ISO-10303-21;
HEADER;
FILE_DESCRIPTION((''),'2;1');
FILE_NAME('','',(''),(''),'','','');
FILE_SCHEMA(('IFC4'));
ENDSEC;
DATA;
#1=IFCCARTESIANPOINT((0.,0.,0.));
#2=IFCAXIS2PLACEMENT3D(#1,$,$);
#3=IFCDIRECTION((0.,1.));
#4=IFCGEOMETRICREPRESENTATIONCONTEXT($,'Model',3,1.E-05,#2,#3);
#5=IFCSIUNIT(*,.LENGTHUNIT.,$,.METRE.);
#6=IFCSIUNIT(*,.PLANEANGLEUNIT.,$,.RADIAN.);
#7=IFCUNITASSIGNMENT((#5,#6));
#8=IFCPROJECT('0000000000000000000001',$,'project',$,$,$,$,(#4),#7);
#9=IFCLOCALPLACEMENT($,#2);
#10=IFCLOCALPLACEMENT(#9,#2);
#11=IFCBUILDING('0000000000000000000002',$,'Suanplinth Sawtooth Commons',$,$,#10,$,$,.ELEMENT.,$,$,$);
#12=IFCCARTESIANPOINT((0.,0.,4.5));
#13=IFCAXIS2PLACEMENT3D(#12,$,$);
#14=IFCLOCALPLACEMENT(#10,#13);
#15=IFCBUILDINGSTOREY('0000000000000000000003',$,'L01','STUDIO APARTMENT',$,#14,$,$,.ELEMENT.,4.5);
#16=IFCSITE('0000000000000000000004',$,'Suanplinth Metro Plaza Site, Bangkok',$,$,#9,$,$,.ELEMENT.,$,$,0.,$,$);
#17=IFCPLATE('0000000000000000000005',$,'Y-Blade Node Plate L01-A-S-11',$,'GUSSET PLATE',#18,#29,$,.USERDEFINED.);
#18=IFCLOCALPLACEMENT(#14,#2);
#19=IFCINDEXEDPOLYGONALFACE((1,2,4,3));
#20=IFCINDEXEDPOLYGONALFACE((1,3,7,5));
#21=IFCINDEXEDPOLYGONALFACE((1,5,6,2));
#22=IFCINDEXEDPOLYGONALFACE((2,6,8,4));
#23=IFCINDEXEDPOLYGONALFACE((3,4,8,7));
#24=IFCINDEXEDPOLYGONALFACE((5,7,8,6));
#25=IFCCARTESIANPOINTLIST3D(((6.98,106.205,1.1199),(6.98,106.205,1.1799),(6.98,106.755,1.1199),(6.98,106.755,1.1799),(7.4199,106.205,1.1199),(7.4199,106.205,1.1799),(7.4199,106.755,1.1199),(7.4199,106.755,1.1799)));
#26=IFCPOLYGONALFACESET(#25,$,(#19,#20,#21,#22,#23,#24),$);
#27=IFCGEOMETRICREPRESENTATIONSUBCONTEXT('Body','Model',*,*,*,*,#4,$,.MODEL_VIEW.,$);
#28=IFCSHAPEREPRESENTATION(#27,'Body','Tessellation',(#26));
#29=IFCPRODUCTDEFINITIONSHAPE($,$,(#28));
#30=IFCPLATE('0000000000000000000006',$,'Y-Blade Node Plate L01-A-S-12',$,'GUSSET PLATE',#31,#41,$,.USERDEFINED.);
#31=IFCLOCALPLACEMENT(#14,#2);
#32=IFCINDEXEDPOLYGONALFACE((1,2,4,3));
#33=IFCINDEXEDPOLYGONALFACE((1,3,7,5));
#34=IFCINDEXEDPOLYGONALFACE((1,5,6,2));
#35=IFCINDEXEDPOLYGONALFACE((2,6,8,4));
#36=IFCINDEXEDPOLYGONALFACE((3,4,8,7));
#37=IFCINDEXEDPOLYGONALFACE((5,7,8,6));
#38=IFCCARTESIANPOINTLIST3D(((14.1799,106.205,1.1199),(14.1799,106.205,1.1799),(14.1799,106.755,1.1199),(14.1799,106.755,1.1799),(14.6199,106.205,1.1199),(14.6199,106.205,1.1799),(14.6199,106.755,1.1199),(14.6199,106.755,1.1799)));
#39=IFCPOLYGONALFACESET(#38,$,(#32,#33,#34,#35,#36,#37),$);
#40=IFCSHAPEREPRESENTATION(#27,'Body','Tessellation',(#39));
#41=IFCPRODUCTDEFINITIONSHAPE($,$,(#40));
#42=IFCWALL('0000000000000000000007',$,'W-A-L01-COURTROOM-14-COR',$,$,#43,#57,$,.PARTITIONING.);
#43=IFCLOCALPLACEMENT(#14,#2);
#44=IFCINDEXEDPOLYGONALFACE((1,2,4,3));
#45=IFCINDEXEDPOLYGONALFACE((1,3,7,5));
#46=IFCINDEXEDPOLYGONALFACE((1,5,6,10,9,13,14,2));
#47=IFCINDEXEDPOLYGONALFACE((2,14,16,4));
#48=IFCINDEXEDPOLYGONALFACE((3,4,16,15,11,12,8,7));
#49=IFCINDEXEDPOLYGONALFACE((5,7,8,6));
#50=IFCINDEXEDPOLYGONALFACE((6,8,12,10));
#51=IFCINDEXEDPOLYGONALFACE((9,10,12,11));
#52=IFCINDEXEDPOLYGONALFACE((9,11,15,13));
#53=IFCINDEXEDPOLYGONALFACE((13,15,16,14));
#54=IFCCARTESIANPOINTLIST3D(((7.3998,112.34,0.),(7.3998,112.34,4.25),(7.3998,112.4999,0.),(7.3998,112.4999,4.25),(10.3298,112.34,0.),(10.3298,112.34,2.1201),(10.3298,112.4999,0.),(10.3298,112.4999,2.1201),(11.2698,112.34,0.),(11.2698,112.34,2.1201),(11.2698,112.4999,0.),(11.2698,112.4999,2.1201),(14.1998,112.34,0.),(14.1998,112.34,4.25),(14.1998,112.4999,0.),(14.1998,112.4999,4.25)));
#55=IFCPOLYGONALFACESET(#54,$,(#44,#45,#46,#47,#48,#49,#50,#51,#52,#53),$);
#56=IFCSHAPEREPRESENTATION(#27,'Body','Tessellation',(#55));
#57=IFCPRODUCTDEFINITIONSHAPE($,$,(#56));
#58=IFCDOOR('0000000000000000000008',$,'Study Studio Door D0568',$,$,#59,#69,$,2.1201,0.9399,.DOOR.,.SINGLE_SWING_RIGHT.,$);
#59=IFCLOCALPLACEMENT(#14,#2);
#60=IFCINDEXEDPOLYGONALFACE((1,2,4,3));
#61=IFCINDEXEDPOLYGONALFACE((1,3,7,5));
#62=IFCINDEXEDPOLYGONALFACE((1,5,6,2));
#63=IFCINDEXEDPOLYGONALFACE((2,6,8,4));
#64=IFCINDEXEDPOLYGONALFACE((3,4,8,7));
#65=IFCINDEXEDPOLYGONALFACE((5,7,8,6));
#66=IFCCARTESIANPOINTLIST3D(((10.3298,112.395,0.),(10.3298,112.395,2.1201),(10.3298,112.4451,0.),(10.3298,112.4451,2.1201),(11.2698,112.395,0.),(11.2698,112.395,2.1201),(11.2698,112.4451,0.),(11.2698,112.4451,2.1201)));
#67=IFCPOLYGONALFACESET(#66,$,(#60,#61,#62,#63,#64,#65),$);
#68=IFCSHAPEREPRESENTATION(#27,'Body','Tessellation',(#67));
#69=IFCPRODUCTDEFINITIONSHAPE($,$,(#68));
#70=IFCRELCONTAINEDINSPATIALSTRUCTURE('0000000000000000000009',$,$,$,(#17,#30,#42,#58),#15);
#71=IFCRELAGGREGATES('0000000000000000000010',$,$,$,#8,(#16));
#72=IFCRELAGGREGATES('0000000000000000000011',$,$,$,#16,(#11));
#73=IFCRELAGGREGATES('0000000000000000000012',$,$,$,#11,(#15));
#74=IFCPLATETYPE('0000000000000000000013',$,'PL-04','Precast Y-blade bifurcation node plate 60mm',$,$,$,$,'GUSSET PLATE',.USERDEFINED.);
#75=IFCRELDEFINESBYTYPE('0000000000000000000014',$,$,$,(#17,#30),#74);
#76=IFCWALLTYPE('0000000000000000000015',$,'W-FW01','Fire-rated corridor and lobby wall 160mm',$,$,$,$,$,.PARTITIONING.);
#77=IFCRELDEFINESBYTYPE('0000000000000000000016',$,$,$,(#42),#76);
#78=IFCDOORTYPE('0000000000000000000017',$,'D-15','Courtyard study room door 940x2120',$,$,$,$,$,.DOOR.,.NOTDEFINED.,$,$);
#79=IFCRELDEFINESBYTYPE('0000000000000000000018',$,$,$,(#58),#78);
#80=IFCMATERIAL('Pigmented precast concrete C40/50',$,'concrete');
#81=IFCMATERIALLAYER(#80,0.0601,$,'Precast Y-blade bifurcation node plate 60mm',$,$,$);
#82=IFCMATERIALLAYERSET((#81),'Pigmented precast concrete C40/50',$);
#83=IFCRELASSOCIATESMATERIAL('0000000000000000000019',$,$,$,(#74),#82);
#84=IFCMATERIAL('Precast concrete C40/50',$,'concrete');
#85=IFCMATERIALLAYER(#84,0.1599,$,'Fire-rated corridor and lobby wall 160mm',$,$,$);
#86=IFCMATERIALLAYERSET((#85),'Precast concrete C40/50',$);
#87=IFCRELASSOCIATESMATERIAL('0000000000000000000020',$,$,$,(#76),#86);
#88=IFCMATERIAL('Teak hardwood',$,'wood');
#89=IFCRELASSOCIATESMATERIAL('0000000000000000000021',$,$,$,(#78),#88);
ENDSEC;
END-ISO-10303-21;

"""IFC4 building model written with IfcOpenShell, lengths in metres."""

from ifc_helpers import new_model, si_unit, direction, frame, frame_2d, origin, origin_2d, place, context, subcontext, project, spatial, rectangle, extrude, material, layer, layer_set, type_object, element, fill, save


model = new_model("IFC4")

# Units and contexts
model_context = context("Model", 3, precision=1e-05, world=origin(), true_north=direction((0.0, 1.0)))
body_context = subcontext(model_context, "Body", "Model", "MODEL_VIEW")
ifc_project = project(units=[si_unit("LENGTHUNIT", "METRE"), si_unit("PLANEANGLEUNIT", "RADIAN")], contexts=[model_context])

# Site, building, storey
site_placement = place(None, origin())
site = spatial("IfcSite", under=ifc_project, at=site_placement, Name="Suanplinth Metro Plaza Site, Bangkok", CompositionType="ELEMENT", RefElevation=0.0)
building_placement = place(site_placement, origin())
building = spatial("IfcBuilding", under=site, at=building_placement, Name="Suanplinth Sawtooth Commons", CompositionType="ELEMENT")
storey_placement = place(building_placement, frame((0.0, 0.0, 4.5)))
storey = spatial("IfcBuildingStorey", under=building, at=storey_placement, Name="L01", Description="STUDIO APARTMENT", CompositionType="ELEMENT", Elevation=4.5)

# Shared definitions
ifc_material_1 = material(Name="Precast concrete C40/50", Category="concrete")

# Shared definitions
ifc_material_2 = material(Name="Pigmented precast concrete C40/50", Category="concrete")

# Plates
ifc_layer_1 = layer(ifc_material_2, 0.0601, Name="Precast Y-blade bifurcation node plate 60mm")
ifc_layer_set_1 = layer_set([ifc_layer_1], Name="Pigmented precast concrete C40/50")
plate_type = type_object("IfcPlateType", Name="PL-04", Description="Precast Y-blade bifurcation node plate 60mm", ElementType="GUSSET PLATE", PredefinedType="USERDEFINED", material=ifc_layer_set_1)
for number, where, z_axis, x_axis, name in (
    (1, (7.2, 106.48, 1.1199), (0.0, 0.0, 1.0), (1.0, 0.0, 0.0), "Y-Blade Node Plate L01-A-S-11"),
    (2, (14.3999, 106.48, 1.1199), (0.0, 0.0, 1.0), (1.0, 0.0, 0.0), "Y-Blade Node Plate L01-A-S-12"),
):
    element("IfcPlate", number, at=place(storey_placement, frame(where, z_axis=z_axis, x_axis=x_axis)), inside=storey, type_object=plate_type, Name=name, ObjectType="GUSSET PLATE", PredefinedType="USERDEFINED", context=body_context, shape_type="SweptSolid", body=[
        extrude(rectangle(XDim=0.4399, YDim=0.55, at=origin_2d()), origin(), (0.0, 0.0, 1.0), 0.0601),
    ])

# Wall, opening, door
ifc_layer_2 = layer(ifc_material_1, 0.1599, Name="Fire-rated corridor and lobby wall 160mm")
ifc_layer_set_2 = layer_set([ifc_layer_2], Name="Precast concrete C40/50")
wall_type_1 = type_object("IfcWallType", Name="W-FW01", Description="Fire-rated corridor and lobby wall 160mm", PredefinedType="PARTITIONING", material=ifc_layer_set_2)
wall_1_placement = place(storey_placement, frame((7.3999, 112.4199, 0.0), z_axis=(0.0, 0.0, 1.0), x_axis=(1.0, 0.0, 0.0)))
wall_1 = element("IfcWall", 3, at=wall_1_placement, inside=storey, type_object=wall_type_1, Name="W-A-L01-COURTROOM-14-COR", PredefinedType="PARTITIONING", context=body_context, shape_type="SweptSolid", body=[
    extrude(rectangle(XDim=6.8, YDim=0.1599, at=frame_2d((3.3999, 0.0))), origin(), (0.0, 0.0, 1.0), 4.25),
])
opening_1_placement = place(wall_1_placement, frame((2.9299, 0.0, 0.0)))
opening_1 = element("IfcOpeningElement", 4, at=opening_1_placement, cuts=wall_1, PredefinedType="OPENING", context=body_context, shape_type="SweptSolid", body=[
    extrude(rectangle(XDim=0.9399, YDim=2.1201, at=frame_2d((0.47, 1.0601))), frame((0.0, 0.0947, 0.0), z_axis=(0.0, -1.0, 0.0), x_axis=(1.0, 0.0, 0.0)), (0.0, 0.0, 1.0), 0.1897),
])
ifc_material_3 = material(Name="Teak hardwood", Category="wood")
door_type_1 = type_object("IfcDoorType", Name="D-15", Description="Courtyard study room door 940x2120", OperationType="NOTDEFINED", PredefinedType="DOOR", material=ifc_material_3)
door_1_placement = place(opening_1_placement, frame((0.9399, 0.0, 0.0), z_axis=(0.0, 0.0, 1.0), x_axis=(-1.0, 0.0, 0.0)))
door_1 = element("IfcDoor", 5, at=door_1_placement, inside=storey, type_object=door_type_1, Name="Study Studio Door D0568", OperationType="SINGLE_SWING_RIGHT", OverallHeight=2.1201, OverallWidth=0.9399, PredefinedType="DOOR", context=body_context, shape_type="SweptSolid", body=[
    extrude(rectangle(XDim=0.9399, YDim=2.1201, at=frame_2d((0.47, 1.0601))), frame((0.0, 0.0249, 0.0), z_axis=(0.0, -1.0, 0.0), x_axis=(1.0, 0.0, 0.0)), (0.0, 0.0, 1.0), 0.05),
])
fill(opening_1, door_1)

save(model, "model.ifc")
